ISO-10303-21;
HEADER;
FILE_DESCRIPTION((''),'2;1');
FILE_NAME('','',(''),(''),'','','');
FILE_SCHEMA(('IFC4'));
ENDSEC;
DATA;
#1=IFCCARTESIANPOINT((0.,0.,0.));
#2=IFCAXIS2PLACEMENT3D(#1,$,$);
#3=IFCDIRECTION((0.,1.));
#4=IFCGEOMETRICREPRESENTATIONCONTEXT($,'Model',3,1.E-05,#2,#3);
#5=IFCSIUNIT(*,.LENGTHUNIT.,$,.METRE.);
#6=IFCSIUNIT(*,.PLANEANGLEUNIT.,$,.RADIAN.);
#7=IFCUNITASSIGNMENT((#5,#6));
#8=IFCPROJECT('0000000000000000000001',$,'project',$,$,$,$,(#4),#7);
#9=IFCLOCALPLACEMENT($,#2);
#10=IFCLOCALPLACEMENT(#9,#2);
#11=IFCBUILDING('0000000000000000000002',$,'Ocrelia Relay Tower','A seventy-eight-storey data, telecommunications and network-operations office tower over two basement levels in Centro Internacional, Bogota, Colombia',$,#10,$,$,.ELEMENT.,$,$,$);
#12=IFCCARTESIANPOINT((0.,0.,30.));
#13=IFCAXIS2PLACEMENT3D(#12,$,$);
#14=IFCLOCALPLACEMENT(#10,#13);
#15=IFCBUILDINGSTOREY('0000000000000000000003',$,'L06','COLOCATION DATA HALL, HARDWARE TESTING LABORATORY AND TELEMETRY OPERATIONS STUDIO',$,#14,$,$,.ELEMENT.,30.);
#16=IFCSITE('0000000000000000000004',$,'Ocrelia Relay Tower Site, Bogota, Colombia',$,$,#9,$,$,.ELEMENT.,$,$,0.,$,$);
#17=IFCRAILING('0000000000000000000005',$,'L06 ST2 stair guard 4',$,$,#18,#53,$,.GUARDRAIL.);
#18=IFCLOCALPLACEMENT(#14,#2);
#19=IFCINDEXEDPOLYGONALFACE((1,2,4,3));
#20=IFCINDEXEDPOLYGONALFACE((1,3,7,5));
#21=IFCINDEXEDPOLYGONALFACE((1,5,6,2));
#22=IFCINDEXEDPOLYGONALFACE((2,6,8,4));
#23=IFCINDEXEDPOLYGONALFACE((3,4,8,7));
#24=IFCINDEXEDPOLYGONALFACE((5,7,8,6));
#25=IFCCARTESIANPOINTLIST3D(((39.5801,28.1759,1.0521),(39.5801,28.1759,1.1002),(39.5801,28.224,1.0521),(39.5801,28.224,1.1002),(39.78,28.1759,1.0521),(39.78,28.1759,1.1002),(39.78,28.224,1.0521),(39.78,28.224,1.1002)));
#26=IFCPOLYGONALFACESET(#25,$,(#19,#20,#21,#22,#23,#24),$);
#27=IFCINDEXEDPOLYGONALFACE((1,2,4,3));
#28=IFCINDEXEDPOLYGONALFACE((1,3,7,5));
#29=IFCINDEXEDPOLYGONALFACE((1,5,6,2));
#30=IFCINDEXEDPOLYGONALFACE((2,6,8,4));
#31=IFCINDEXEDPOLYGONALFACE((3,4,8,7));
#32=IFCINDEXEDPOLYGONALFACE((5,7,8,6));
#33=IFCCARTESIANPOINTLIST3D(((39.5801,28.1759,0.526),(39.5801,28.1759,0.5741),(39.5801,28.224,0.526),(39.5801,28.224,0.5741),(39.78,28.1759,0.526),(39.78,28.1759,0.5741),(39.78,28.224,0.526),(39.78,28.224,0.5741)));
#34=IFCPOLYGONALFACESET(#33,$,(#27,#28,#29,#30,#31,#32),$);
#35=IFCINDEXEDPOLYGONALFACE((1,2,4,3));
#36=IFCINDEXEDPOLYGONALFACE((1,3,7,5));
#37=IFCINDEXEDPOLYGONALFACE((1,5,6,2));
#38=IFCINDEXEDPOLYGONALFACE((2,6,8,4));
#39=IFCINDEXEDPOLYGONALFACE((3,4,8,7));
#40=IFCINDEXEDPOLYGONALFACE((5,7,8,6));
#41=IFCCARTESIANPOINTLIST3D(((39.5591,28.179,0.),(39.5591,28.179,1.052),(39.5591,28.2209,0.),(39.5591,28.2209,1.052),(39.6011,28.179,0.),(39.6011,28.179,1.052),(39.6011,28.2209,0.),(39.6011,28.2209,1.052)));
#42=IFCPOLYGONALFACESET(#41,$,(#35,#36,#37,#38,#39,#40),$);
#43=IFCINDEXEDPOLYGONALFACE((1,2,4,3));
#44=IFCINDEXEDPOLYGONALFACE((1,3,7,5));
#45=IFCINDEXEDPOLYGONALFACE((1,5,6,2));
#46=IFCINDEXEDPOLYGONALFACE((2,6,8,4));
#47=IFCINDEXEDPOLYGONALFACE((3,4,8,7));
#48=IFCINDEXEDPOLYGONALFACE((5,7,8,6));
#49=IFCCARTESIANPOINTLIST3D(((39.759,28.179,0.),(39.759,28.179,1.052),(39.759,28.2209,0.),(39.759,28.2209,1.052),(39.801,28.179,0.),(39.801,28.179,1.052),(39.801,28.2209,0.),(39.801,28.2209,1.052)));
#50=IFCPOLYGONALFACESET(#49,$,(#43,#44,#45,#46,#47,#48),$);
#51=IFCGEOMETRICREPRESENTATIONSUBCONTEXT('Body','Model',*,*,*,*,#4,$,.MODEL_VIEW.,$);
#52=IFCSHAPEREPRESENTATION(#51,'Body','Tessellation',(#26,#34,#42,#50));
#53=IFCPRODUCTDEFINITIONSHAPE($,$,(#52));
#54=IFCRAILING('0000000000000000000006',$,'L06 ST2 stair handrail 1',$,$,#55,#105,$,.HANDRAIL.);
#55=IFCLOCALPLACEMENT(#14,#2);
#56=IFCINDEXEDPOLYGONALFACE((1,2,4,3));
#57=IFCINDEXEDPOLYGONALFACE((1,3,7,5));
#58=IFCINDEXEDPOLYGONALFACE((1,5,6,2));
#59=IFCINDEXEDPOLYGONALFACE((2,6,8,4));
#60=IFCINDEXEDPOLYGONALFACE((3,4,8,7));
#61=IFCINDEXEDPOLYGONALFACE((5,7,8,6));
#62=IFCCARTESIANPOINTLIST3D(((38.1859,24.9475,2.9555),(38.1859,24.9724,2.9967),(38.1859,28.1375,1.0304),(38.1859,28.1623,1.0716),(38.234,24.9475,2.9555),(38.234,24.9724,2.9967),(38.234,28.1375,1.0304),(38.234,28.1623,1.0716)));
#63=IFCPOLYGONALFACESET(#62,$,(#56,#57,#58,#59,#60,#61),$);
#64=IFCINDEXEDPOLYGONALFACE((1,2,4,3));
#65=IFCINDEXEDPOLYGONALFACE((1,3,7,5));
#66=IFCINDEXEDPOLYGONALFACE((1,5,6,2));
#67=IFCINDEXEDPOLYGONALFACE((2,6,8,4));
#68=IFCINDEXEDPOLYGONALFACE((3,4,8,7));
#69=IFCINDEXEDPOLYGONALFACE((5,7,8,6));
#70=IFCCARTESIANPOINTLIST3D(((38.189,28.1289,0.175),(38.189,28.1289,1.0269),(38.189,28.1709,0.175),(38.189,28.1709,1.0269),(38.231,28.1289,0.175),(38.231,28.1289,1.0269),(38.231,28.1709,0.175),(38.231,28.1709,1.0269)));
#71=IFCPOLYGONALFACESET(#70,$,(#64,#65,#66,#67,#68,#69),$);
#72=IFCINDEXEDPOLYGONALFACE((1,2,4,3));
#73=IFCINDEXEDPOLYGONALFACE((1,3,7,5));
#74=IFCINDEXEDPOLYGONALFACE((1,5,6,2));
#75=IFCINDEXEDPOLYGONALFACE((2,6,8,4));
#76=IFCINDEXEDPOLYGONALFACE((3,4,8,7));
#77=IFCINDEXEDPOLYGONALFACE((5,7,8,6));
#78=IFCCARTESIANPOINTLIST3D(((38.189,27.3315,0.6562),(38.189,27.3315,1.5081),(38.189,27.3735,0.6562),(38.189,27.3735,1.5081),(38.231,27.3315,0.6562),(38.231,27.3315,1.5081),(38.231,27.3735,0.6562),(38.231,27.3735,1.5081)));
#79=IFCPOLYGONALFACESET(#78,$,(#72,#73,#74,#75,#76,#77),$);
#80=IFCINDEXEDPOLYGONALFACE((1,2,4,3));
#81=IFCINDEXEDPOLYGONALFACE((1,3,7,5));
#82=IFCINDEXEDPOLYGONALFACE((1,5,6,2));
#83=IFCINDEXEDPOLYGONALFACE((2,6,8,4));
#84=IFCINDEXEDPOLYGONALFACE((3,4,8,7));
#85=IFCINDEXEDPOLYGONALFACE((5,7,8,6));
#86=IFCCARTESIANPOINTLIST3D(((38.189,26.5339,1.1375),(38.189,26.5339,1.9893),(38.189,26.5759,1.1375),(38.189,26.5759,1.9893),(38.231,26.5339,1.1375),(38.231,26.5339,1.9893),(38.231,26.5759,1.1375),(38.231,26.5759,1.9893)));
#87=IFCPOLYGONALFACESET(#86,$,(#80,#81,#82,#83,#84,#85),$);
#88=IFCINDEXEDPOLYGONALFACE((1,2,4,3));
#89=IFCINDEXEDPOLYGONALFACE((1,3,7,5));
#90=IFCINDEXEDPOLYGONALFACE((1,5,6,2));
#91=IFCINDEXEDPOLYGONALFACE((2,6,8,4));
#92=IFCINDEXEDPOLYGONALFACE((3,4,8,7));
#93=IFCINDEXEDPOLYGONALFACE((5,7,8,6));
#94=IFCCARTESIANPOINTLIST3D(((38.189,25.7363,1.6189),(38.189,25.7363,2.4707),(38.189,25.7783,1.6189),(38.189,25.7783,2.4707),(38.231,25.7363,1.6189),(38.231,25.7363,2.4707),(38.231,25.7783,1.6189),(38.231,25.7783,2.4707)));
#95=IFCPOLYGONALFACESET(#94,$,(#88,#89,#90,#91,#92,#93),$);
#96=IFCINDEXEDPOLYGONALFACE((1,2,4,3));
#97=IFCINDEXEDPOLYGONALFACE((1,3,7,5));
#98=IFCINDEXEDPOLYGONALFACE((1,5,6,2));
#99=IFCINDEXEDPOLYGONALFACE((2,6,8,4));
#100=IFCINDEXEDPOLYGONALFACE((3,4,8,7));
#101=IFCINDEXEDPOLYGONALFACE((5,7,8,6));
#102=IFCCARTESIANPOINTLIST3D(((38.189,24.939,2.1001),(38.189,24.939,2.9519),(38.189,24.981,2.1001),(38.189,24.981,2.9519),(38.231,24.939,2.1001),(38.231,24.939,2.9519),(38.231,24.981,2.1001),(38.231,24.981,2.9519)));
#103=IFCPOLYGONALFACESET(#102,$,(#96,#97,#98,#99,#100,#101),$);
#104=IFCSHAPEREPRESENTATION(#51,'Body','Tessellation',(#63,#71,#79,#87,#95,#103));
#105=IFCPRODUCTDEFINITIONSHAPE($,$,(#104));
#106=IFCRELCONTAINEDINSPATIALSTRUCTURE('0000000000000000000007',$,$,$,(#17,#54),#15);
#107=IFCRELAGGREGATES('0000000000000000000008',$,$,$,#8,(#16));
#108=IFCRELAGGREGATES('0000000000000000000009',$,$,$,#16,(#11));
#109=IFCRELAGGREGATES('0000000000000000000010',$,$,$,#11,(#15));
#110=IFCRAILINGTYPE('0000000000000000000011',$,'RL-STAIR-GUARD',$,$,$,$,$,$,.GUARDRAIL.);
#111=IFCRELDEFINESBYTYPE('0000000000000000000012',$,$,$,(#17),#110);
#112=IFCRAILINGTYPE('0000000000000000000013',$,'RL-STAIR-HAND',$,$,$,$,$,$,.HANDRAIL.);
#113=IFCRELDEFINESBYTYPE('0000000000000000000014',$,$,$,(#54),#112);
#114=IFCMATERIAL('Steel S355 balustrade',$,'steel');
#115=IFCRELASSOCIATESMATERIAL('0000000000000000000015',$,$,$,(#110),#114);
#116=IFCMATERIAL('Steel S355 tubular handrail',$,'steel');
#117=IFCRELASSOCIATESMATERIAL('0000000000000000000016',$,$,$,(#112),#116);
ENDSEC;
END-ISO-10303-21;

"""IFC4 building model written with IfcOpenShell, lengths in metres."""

from ifc_helpers import new_model, si_unit, direction, frame, origin, origin_2d, place, context, subcontext, project, spatial, rectangle, extrude, material, type_object, element, save


model = new_model("IFC4")

# Units and contexts
model_context = context("Model", 3, precision=1e-05, world=origin(), true_north=direction((0.0, 1.0)))
body_context = subcontext(model_context, "Body", "Model", "MODEL_VIEW")
ifc_project = project(units=[si_unit("LENGTHUNIT", "METRE"), si_unit("PLANEANGLEUNIT", "RADIAN")], contexts=[model_context])

# Site, building, storey
site_placement = place(None, origin())
site = spatial("IfcSite", under=ifc_project, at=site_placement, Name="Ocrelia Relay Tower Site, Bogota, Colombia", CompositionType="ELEMENT", RefElevation=0.0)
building_placement = place(site_placement, origin())
building = spatial("IfcBuilding", under=site, at=building_placement, Name="Ocrelia Relay Tower", Description="A seventy-eight-storey data, telecommunications and network-operations office tower over two basement levels in Centro Internacional, Bogota, Colombia", CompositionType="ELEMENT")
storey_placement = place(building_placement, frame((0.0, 0.0, 30.0)))
storey = spatial("IfcBuildingStorey", under=building, at=storey_placement, Name="L06", Description="COLOCATION DATA HALL, HARDWARE TESTING LABORATORY AND TELEMETRY OPERATIONS STUDIO", CompositionType="ELEMENT", Elevation=30.0)

# Railings
ifc_material_1 = material(Name="Steel S355 balustrade", Category="steel")
railing_type_1 = type_object("IfcRailingType", Name="RL-STAIR-GUARD", PredefinedType="GUARDRAIL", material=ifc_material_1)
railing_1_placement = place(storey_placement, frame((39.5801, 28.2, 0.0)))
element("IfcRailing", 1, at=railing_1_placement, inside=storey, type_object=railing_type_1, Name="L06 ST2 stair guard 4", PredefinedType="GUARDRAIL", context=body_context, shape_type="SweptSolid", body=[
    extrude(rectangle(XDim=0.0481, YDim=0.0481, at=origin_2d()), frame((0.0, 0.0, 1.0762), z_axis=(1.0, 0.0, 0.0), x_axis=(0.0, 1.0, 0.0)), (0.0, 0.0, 1.0), 0.2),
    extrude(rectangle(XDim=0.0481, YDim=0.0481, at=origin_2d()), frame((0.0, 0.0, 0.55), z_axis=(1.0, 0.0, 0.0), x_axis=(0.0, 1.0, 0.0)), (0.0, 0.0, 1.0), 0.2),
    extrude(rectangle(XDim=0.042, YDim=0.042, at=origin_2d()), origin(), (0.0, 0.0, 1.0), 1.052),
    extrude(rectangle(XDim=0.042, YDim=0.042, at=origin_2d()), frame((0.2, 0.0, 0.0)), (0.0, 0.0, 1.0), 1.052),
])
ifc_material_2 = material(Name="Steel S355 tubular handrail", Category="steel")
railing_type_2 = type_object("IfcRailingType", Name="RL-STAIR-HAND", PredefinedType="HANDRAIL", material=ifc_material_2)
railing_2_placement = place(storey_placement, frame((38.21, 28.1499, 0.175)))
element("IfcRailing", 2, at=railing_2_placement, inside=storey, type_object=railing_type_2, Name="L06 ST2 stair handrail 1", PredefinedType="HANDRAIL", context=body_context, shape_type="SweptSolid", body=[
    extrude(rectangle(XDim=0.0481, YDim=0.0481, at=origin_2d()), frame((0.0, 0.0, 0.876), z_axis=(0.0, -0.856178, 0.516682), x_axis=(1.0, 0.0, 0.0)), (0.0, 0.0, 1.0), 3.7258),
    extrude(rectangle(XDim=0.042, YDim=0.042, at=origin_2d()), origin(), (0.0, 0.0, 1.0), 0.8518),
    extrude(rectangle(XDim=0.042, YDim=0.042, at=origin_2d()), frame((0.0, -0.7974, 0.4812)), (0.0, 0.0, 1.0), 0.8518),
    extrude(rectangle(XDim=0.042, YDim=0.042, at=origin_2d()), frame((0.0, -1.595, 0.9624)), (0.0, 0.0, 1.0), 0.8518),
    extrude(rectangle(XDim=0.042, YDim=0.042, at=origin_2d()), frame((0.0, -2.3926, 1.4438)), (0.0, 0.0, 1.0), 0.8518),
    extrude(rectangle(XDim=0.042, YDim=0.042, at=origin_2d()), frame((0.0, -3.1899, 1.925)), (0.0, 0.0, 1.0), 0.8518),
])

save(model, "model.ifc")
